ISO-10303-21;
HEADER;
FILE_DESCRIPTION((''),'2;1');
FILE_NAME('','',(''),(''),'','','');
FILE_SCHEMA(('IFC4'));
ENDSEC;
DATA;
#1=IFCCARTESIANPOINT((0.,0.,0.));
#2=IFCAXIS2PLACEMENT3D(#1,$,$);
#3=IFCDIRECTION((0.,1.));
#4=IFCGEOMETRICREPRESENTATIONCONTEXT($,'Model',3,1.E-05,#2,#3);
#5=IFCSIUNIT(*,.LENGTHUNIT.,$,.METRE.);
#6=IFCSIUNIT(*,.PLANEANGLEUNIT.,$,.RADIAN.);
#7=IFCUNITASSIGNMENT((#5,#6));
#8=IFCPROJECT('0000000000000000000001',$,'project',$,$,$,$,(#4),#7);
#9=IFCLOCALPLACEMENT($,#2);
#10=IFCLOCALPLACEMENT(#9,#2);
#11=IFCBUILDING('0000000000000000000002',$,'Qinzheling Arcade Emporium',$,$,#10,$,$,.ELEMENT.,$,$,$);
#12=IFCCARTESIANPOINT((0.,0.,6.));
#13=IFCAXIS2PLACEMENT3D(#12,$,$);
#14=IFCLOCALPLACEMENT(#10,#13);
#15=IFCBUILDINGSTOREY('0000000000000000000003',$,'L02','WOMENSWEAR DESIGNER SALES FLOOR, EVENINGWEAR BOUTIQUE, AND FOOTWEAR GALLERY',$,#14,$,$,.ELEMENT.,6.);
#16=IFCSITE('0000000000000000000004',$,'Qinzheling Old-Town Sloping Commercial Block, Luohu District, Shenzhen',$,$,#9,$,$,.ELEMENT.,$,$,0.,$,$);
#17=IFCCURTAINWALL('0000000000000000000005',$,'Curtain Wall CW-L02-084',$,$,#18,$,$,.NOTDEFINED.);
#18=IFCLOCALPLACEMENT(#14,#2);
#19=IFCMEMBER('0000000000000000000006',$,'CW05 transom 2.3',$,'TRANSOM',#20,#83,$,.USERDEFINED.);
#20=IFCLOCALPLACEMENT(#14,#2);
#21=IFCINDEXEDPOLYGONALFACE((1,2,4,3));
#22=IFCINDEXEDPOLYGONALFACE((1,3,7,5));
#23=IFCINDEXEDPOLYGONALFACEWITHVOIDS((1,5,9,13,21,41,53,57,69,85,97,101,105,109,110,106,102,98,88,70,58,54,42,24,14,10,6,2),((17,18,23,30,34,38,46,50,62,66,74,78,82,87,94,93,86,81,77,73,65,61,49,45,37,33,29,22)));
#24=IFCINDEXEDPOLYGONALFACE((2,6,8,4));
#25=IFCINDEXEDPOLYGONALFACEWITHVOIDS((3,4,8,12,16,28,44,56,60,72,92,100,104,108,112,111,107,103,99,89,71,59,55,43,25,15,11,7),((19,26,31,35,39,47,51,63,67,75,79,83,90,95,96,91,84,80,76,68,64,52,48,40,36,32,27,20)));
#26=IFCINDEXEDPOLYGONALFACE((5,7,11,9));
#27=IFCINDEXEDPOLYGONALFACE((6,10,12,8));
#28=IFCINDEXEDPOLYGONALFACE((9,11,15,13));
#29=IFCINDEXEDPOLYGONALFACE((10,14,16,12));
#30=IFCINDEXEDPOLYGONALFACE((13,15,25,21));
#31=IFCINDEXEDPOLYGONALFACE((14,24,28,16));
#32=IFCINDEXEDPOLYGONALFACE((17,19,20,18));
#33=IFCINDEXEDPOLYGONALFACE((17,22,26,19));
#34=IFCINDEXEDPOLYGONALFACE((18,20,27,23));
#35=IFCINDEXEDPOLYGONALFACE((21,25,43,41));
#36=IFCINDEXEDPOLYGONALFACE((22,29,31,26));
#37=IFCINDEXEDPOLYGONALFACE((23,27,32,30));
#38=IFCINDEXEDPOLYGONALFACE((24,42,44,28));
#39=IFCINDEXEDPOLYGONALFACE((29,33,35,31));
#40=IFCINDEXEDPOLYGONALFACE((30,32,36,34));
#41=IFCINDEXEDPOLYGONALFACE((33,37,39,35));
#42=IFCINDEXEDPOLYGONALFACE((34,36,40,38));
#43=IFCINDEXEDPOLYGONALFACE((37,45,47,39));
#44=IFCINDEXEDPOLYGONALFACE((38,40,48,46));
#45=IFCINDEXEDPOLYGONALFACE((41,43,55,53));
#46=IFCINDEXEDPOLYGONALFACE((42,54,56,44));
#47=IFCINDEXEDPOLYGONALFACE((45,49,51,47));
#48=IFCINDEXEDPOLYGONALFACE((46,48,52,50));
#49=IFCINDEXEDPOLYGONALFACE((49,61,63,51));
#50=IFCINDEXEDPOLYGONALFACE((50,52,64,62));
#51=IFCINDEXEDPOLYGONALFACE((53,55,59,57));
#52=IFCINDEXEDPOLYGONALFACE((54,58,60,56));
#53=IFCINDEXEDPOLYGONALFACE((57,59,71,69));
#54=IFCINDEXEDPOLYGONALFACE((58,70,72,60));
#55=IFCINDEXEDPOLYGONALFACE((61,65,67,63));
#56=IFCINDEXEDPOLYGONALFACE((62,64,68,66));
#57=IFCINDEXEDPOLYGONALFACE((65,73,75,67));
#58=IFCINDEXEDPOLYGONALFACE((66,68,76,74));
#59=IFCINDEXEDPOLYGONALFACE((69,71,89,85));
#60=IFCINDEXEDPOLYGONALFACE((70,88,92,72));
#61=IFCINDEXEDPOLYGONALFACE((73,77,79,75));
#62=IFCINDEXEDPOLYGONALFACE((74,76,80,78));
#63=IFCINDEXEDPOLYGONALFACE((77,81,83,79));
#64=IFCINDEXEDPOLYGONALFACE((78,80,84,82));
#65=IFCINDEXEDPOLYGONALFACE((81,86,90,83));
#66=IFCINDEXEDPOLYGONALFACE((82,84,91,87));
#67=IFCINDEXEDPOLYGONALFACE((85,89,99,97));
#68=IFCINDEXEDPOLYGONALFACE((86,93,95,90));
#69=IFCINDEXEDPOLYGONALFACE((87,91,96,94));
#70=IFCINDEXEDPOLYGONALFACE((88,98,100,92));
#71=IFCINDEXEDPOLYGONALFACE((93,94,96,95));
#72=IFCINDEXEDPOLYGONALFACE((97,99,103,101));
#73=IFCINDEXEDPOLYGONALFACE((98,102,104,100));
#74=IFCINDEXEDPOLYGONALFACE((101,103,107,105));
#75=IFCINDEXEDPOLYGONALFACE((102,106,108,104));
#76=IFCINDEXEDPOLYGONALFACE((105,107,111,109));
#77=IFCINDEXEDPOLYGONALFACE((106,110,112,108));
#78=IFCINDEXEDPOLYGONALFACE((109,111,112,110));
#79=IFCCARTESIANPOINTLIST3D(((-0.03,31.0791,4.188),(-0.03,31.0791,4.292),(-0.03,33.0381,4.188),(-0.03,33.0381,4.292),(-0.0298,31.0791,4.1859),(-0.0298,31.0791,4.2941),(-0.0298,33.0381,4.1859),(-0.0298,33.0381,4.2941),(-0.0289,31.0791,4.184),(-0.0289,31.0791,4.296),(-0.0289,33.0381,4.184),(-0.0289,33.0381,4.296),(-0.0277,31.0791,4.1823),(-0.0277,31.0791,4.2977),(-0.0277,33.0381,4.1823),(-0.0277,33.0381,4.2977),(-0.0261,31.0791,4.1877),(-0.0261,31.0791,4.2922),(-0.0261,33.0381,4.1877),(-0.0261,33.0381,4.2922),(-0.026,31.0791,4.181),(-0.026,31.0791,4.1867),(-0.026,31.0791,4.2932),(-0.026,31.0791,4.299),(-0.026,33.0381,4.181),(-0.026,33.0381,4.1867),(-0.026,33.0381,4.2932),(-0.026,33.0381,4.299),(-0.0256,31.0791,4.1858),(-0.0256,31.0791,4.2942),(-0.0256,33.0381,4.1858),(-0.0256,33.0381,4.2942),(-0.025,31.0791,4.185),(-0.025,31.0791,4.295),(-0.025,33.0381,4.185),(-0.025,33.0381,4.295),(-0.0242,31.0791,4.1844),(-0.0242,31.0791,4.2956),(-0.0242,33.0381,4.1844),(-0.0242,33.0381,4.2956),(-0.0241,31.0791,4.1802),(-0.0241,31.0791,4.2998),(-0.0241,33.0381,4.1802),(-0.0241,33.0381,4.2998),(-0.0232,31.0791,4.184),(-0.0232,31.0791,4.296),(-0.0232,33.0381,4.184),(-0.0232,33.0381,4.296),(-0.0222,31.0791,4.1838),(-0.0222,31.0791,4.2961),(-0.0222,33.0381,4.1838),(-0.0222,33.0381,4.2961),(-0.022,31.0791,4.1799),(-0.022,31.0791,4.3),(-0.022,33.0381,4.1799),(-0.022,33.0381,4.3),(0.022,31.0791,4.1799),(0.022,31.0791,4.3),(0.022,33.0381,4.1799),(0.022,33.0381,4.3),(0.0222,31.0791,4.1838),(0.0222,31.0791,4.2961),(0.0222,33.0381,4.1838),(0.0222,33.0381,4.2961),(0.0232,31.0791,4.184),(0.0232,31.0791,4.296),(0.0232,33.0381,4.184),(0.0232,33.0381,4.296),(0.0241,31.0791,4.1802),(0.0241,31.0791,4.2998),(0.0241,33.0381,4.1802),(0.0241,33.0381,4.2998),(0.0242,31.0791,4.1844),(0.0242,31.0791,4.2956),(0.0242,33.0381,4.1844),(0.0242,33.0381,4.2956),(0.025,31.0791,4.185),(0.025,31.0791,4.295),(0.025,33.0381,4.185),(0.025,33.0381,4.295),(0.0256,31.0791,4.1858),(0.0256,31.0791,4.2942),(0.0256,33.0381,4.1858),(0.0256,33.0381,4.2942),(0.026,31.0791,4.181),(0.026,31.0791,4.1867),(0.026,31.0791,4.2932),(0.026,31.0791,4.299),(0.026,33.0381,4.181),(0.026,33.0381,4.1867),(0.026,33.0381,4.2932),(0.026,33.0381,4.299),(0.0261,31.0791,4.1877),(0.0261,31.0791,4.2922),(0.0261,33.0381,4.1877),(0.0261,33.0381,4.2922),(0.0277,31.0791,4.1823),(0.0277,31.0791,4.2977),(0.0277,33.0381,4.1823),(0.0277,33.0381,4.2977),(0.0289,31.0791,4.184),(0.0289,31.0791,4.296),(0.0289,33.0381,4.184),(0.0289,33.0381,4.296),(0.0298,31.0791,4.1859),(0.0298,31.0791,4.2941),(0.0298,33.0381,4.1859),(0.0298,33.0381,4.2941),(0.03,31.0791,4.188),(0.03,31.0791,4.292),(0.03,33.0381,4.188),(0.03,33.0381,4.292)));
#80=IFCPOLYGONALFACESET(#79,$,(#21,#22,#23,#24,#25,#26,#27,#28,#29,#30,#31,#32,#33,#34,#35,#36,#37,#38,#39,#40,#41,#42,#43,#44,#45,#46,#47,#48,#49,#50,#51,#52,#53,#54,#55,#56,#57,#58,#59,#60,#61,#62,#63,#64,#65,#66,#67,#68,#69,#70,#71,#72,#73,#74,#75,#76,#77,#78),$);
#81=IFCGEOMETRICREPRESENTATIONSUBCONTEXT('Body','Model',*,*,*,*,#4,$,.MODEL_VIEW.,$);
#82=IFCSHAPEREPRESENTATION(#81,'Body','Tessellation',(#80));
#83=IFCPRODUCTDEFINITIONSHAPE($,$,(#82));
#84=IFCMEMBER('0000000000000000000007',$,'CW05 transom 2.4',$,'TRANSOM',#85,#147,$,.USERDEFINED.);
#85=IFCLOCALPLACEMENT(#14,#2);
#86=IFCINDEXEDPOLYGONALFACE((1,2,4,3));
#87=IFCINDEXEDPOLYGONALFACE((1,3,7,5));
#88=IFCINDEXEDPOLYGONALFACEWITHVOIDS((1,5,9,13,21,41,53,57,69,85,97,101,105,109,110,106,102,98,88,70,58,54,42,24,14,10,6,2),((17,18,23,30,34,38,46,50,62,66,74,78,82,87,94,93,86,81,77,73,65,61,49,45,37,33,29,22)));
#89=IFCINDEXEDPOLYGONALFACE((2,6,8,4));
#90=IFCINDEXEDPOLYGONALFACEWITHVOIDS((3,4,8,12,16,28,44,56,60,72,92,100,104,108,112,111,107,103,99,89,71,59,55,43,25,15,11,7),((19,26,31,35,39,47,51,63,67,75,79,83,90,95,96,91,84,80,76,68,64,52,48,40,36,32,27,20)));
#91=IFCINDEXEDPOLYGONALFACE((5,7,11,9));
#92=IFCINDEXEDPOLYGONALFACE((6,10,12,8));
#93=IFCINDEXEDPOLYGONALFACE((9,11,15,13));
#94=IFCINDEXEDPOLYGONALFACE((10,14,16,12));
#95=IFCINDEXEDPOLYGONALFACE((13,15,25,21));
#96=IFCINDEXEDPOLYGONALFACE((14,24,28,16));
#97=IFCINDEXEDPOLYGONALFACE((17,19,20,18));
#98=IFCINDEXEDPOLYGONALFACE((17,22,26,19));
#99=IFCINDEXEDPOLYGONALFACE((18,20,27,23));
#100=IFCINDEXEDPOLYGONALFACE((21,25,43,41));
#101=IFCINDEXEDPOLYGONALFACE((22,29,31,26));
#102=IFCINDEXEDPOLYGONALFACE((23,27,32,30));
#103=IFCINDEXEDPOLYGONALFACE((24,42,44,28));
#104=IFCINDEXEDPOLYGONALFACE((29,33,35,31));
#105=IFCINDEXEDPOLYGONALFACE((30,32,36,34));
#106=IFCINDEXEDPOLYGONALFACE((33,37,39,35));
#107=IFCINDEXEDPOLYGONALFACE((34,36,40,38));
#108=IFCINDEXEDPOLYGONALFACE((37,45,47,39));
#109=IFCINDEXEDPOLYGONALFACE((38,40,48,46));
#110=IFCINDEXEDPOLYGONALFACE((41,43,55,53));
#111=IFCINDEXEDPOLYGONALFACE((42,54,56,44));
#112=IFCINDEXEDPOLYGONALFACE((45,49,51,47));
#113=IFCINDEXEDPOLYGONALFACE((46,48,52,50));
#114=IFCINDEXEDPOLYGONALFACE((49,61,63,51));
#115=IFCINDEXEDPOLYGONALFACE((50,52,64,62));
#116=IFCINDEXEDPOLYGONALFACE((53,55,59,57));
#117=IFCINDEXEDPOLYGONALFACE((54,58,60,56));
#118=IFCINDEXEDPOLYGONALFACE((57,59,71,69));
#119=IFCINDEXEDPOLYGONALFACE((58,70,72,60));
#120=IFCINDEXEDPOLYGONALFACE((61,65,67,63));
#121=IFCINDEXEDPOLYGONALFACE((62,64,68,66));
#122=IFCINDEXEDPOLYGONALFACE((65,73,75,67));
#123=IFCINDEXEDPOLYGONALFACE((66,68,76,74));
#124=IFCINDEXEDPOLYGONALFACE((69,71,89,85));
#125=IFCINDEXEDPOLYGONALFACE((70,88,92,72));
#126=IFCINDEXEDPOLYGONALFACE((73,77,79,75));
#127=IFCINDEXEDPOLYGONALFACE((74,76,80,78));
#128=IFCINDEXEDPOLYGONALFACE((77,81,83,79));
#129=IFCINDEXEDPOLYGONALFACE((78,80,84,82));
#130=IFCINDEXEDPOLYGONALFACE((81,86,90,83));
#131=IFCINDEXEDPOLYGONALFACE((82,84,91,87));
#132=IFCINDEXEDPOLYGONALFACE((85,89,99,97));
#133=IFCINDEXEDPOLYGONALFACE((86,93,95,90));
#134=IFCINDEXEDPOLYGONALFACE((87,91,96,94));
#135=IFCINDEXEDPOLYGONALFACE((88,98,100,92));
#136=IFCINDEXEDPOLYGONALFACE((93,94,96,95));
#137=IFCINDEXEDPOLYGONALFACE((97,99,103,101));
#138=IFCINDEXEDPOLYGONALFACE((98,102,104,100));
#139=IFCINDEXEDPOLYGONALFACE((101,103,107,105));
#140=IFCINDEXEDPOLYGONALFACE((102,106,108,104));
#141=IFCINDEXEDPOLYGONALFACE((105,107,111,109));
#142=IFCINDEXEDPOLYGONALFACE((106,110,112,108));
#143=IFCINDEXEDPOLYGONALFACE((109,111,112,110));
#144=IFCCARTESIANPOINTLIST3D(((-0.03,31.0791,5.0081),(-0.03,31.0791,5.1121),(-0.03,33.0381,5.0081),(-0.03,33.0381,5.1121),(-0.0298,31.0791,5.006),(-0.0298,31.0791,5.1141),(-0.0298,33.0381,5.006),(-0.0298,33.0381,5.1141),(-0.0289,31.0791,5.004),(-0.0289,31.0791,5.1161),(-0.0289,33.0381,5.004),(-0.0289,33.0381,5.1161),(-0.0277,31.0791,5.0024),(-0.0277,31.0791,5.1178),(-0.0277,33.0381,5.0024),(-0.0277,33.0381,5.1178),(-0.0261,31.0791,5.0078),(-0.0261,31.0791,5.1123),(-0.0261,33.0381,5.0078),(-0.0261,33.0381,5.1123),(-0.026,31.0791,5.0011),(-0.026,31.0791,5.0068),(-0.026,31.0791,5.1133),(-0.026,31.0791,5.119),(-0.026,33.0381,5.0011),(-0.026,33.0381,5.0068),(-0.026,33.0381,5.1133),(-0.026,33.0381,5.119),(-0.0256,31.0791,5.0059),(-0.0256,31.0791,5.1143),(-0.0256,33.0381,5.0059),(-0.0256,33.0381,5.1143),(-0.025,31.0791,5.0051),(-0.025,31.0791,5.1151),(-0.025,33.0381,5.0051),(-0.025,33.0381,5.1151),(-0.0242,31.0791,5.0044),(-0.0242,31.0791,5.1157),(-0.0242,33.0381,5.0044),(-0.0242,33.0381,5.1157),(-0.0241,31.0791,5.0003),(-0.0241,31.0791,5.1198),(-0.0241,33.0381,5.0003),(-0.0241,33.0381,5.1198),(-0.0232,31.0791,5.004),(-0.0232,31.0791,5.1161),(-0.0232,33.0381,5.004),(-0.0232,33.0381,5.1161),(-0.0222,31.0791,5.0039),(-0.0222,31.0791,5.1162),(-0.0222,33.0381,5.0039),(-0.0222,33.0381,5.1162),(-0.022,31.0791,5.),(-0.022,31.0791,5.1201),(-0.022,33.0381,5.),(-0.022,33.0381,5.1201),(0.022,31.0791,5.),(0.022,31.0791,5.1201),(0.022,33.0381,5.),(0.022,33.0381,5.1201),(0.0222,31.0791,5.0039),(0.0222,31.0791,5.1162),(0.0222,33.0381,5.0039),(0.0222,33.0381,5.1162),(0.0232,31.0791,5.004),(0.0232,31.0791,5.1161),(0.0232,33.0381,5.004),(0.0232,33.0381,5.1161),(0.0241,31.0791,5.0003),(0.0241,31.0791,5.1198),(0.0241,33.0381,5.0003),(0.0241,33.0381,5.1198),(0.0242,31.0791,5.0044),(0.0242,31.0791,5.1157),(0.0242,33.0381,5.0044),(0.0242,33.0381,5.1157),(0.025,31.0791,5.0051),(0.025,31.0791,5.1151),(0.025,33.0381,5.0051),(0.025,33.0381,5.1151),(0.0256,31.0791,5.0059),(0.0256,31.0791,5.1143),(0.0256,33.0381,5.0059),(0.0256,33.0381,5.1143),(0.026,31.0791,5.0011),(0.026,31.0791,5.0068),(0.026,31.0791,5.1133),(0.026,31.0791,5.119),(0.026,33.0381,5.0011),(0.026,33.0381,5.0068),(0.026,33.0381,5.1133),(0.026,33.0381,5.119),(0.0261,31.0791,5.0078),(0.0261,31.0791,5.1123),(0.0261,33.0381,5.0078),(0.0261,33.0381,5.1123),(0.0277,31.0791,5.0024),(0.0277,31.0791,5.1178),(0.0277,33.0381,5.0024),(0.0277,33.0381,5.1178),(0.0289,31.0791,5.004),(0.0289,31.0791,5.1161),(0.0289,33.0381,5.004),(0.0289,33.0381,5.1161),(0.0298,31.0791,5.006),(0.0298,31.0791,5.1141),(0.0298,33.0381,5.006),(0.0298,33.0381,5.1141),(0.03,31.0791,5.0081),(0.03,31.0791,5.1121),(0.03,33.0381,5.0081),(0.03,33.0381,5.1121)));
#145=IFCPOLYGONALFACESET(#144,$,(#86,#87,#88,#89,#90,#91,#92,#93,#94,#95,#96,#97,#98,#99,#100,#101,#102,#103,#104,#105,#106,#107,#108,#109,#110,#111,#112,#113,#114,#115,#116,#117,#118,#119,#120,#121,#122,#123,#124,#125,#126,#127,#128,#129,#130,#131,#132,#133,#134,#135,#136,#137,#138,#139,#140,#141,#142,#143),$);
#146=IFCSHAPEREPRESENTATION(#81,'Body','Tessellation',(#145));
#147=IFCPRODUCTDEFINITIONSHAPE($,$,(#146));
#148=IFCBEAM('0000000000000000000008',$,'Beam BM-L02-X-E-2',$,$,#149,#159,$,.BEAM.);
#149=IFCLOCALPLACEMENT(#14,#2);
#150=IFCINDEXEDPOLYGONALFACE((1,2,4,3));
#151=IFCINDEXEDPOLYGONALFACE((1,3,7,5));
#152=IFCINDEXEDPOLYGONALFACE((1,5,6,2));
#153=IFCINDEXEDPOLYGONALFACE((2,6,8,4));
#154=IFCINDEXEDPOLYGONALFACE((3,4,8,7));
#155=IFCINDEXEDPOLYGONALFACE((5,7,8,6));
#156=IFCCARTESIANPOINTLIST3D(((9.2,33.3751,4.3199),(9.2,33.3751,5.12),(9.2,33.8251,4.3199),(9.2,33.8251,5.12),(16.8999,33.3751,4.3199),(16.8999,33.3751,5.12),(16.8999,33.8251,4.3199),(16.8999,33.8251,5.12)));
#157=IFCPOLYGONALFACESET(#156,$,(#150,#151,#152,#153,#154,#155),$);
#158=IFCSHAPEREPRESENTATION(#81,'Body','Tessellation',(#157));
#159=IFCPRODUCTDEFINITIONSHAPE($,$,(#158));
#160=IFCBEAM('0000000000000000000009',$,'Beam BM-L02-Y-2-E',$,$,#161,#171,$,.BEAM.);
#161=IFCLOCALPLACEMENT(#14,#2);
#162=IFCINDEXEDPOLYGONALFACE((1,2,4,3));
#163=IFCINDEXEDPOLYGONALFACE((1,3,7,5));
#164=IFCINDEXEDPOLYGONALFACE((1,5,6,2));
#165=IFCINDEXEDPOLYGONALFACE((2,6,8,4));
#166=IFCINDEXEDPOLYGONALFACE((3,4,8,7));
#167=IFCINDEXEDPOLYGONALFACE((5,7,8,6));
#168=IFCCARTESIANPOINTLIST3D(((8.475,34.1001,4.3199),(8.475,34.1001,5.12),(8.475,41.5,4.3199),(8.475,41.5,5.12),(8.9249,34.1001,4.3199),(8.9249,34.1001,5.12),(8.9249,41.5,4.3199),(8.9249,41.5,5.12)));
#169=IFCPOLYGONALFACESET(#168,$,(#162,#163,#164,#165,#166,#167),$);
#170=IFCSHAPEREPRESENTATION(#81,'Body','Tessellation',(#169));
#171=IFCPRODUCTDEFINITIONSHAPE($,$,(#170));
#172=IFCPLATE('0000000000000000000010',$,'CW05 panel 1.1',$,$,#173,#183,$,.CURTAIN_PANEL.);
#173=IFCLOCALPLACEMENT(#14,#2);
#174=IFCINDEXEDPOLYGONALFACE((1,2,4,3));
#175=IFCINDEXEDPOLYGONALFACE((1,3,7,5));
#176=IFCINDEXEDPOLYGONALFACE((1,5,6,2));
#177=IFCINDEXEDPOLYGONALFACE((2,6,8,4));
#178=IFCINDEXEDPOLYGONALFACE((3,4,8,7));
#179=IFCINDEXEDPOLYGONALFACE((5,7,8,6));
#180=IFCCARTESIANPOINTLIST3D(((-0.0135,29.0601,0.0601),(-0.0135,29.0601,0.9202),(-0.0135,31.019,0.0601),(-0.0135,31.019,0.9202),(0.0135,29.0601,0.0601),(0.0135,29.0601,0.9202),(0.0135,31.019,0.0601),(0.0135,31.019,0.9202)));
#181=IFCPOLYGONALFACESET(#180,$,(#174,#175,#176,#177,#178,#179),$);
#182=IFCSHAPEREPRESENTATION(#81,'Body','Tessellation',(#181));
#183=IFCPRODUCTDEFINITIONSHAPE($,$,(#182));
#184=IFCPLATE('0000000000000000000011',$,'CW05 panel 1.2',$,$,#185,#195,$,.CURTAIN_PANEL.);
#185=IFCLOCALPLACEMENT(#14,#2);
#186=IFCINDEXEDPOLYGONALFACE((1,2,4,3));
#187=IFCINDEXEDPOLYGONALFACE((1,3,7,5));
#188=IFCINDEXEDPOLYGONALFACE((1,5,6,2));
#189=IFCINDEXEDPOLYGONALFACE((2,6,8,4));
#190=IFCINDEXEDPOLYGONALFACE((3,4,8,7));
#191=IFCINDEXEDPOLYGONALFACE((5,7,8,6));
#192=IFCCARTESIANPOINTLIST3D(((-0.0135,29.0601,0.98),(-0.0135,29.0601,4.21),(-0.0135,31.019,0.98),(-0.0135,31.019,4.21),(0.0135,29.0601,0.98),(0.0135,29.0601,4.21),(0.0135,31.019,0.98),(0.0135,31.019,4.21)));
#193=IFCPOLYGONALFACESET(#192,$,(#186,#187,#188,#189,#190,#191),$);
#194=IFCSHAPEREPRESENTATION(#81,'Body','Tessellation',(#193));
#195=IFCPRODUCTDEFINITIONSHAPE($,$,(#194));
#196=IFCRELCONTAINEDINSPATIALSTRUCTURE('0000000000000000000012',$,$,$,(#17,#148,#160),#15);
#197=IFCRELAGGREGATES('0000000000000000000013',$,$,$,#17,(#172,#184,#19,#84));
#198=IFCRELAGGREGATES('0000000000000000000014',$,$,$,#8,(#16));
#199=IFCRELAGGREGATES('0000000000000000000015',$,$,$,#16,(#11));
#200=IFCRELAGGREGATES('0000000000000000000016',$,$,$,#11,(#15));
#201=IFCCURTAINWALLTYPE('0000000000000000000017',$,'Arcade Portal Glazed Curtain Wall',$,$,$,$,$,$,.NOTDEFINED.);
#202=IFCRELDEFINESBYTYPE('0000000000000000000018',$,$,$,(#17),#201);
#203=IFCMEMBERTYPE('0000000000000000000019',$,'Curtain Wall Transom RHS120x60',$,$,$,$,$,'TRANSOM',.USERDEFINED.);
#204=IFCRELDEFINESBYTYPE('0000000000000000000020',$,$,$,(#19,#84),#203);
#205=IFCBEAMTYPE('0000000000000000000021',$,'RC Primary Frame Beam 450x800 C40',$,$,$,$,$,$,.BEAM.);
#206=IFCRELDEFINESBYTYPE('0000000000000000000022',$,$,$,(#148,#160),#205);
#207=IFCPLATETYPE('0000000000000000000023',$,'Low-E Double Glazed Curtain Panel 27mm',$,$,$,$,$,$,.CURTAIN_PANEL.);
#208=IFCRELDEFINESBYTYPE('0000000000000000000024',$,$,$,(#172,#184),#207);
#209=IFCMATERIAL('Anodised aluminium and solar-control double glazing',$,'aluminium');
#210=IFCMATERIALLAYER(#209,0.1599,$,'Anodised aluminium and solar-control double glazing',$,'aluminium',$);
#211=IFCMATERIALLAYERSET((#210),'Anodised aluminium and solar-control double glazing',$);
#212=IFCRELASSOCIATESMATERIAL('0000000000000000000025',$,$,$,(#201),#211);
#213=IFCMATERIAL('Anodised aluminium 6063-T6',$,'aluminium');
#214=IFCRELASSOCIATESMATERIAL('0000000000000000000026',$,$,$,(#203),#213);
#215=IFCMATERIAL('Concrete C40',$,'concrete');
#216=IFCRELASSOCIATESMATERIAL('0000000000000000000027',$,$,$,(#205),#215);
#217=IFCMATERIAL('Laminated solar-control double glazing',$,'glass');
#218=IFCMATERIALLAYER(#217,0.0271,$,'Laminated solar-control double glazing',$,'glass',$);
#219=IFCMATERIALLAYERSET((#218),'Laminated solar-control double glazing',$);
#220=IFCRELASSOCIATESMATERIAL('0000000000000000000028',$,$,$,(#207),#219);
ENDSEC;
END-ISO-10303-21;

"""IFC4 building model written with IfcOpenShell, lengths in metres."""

from ifc_helpers import new_model, si_unit, direction, frame, origin, origin_2d, place, context, subcontext, project, spatial, rectangle, hollow_rectangle, extrude, material, layer, layer_set, material_profile, profile_set, type_object, element, aggregate, save


model = new_model("IFC4")

# Units and contexts
model_context = context("Model", 3, precision=1e-05, world=origin(), true_north=direction((0.0, 1.0)))
body_context = subcontext(model_context, "Body", "Model", "MODEL_VIEW")
ifc_project = project(units=[si_unit("LENGTHUNIT", "METRE"), si_unit("PLANEANGLEUNIT", "RADIAN")], contexts=[model_context])

# Site, building, storey
site_placement = place(None, origin())
site = spatial("IfcSite", under=ifc_project, at=site_placement, Name="Qinzheling Old-Town Sloping Commercial Block, Luohu District, Shenzhen", CompositionType="ELEMENT", RefElevation=0.0)
building_placement = place(site_placement, origin())
building = spatial("IfcBuilding", under=site, at=building_placement, Name="Qinzheling Arcade Emporium", CompositionType="ELEMENT")
storey_placement = place(building_placement, frame((0.0, 0.0, 6.0)))
storey = spatial("IfcBuildingStorey", under=building, at=storey_placement, Name="L02", Description="WOMENSWEAR DESIGNER SALES FLOOR, EVENINGWEAR BOUTIQUE, AND FOOTWEAR GALLERY", CompositionType="ELEMENT", Elevation=6.0)

# Curtain wall, members
ifc_material_1 = material(Name="Anodised aluminium and solar-control double glazing", Category="aluminium")
ifc_layer_1 = layer(ifc_material_1, 0.1599, Name="Anodised aluminium and solar-control double glazing", Category="aluminium")
ifc_layer_set_1 = layer_set([ifc_layer_1], Name="Anodised aluminium and solar-control double glazing")
curtain_wall_type = type_object("IfcCurtainWallType", Name="Arcade Portal Glazed Curtain Wall", PredefinedType="NOTDEFINED", material=ifc_layer_set_1)
curtain_wall_placement = place(storey_placement, origin())
curtain_wall = element("IfcCurtainWall", 1, at=curtain_wall_placement, inside=storey, type_object=curtain_wall_type, Name="Curtain Wall CW-L02-084", PredefinedType="NOTDEFINED")
ifc_material_2 = material(Name="Anodised aluminium 6063-T6", Category="aluminium")
ifc_material_profile_1 = material_profile(ifc_material_2, hollow_rectangle(XDim=0.0601, YDim=0.1201, WallThickness=0.0039, InnerFilletRadius=0.0039, OuterFilletRadius=0.0081, at=origin_2d()), Name="RHS 120x60x4", Category="aluminium")
ifc_profile_set_1 = profile_set([ifc_material_profile_1], Name="Anodised aluminium 6063-T6")
member_type_1 = type_object("IfcMemberType", Name="Curtain Wall Transom RHS120x60", ElementType="TRANSOM", PredefinedType="USERDEFINED", material=ifc_profile_set_1)
member_1_placement = place(storey_placement, frame((0.0, 31.0791, 4.24), z_axis=(0.0, 1.0, 0.0), x_axis=(-1.0, 0.0, 0.0)))
member_1 = element("IfcMember", 2, at=member_1_placement, type_object=member_type_1, Name="CW05 transom 2.3", ObjectType="TRANSOM", PredefinedType="USERDEFINED", context=body_context, shape_type="SweptSolid", body=[
    extrude(hollow_rectangle(XDim=0.0601, YDim=0.1201, WallThickness=0.0039, InnerFilletRadius=0.0039, OuterFilletRadius=0.0081, at=origin_2d()), origin(), (0.0, 0.0, 1.0), 1.959),
])
member_2_placement = place(storey_placement, frame((0.0, 31.0791, 5.0601), z_axis=(0.0, 1.0, 0.0), x_axis=(-1.0, 0.0, 0.0)))
member_2 = element("IfcMember", 3, at=member_2_placement, type_object=member_type_1, Name="CW05 transom 2.4", ObjectType="TRANSOM", PredefinedType="USERDEFINED", context=body_context, shape_type="SweptSolid", body=[
    extrude(hollow_rectangle(XDim=0.0601, YDim=0.1201, WallThickness=0.0039, InnerFilletRadius=0.0039, OuterFilletRadius=0.0081, at=origin_2d()), origin(), (0.0, 0.0, 1.0), 1.959),
])

# Beams
ifc_material_3 = material(Name="Concrete C40", Category="concrete")
ifc_material_profile_2 = material_profile(ifc_material_3, rectangle(XDim=0.45, YDim=0.8, at=origin_2d()), Name="RC 450x800", Category="concrete")
ifc_profile_set_2 = profile_set([ifc_material_profile_2], Name="Concrete C40")
beam_type = type_object("IfcBeamType", Name="RC Primary Frame Beam 450x800 C40", PredefinedType="BEAM", material=ifc_profile_set_2)
beam_1_placement = place(storey_placement, frame((9.2, 33.6001, 4.72), z_axis=(1.0, 0.0, 0.0), x_axis=(0.0, 1.0, 0.0)))
element("IfcBeam", 4, at=beam_1_placement, inside=storey, type_object=beam_type, Name="Beam BM-L02-X-E-2", PredefinedType="BEAM", context=body_context, shape_type="SweptSolid", body=[
    extrude(rectangle(XDim=0.45, YDim=0.8, at=origin_2d()), origin(), (0.0, 0.0, 1.0), 7.7),
])
beam_2_placement = place(storey_placement, frame((8.7, 34.1001, 4.72), z_axis=(0.0, 1.0, 0.0), x_axis=(-1.0, 0.0, 0.0)))
element("IfcBeam", 5, at=beam_2_placement, inside=storey, type_object=beam_type, Name="Beam BM-L02-Y-2-E", PredefinedType="BEAM", context=body_context, shape_type="SweptSolid", body=[
    extrude(rectangle(XDim=0.45, YDim=0.8, at=origin_2d()), origin(), (0.0, 0.0, 1.0), 7.3999),
])

# Plates
ifc_material_4 = material(Name="Laminated solar-control double glazing", Category="glass")
ifc_layer_2 = layer(ifc_material_4, 0.0271, Name="Laminated solar-control double glazing", Category="glass")
ifc_layer_set_2 = layer_set([ifc_layer_2], Name="Laminated solar-control double glazing")
plate_type = type_object("IfcPlateType", Name="Low-E Double Glazed Curtain Panel 27mm", PredefinedType="CURTAIN_PANEL", material=ifc_layer_set_2)
plate_1_placement = place(storey_placement, frame((0.0, 30.0396, 0.0601), z_axis=(0.0, 0.0, 1.0), x_axis=(0.0, 1.0, 0.0)))
plate_1 = element("IfcPlate", 6, at=plate_1_placement, type_object=plate_type, Name="CW05 panel 1.1", PredefinedType="CURTAIN_PANEL", context=body_context, shape_type="SweptSolid", body=[
    extrude(rectangle(XDim=1.959, YDim=0.0271, at=origin_2d()), origin(), (0.0, 0.0, 1.0), 0.8601),
])
plate_2_placement = place(storey_placement, frame((0.0, 30.0396, 0.98), z_axis=(0.0, 0.0, 1.0), x_axis=(0.0, 1.0, 0.0)))
plate_2 = element("IfcPlate", 7, at=plate_2_placement, type_object=plate_type, Name="CW05 panel 1.2", PredefinedType="CURTAIN_PANEL", context=body_context, shape_type="SweptSolid", body=[
    extrude(rectangle(XDim=1.959, YDim=0.0271, at=origin_2d()), origin(), (0.0, 0.0, 1.0), 3.23),
])
aggregate(curtain_wall, [plate_1, plate_2, member_1, member_2])

save(model, "model.ifc")
